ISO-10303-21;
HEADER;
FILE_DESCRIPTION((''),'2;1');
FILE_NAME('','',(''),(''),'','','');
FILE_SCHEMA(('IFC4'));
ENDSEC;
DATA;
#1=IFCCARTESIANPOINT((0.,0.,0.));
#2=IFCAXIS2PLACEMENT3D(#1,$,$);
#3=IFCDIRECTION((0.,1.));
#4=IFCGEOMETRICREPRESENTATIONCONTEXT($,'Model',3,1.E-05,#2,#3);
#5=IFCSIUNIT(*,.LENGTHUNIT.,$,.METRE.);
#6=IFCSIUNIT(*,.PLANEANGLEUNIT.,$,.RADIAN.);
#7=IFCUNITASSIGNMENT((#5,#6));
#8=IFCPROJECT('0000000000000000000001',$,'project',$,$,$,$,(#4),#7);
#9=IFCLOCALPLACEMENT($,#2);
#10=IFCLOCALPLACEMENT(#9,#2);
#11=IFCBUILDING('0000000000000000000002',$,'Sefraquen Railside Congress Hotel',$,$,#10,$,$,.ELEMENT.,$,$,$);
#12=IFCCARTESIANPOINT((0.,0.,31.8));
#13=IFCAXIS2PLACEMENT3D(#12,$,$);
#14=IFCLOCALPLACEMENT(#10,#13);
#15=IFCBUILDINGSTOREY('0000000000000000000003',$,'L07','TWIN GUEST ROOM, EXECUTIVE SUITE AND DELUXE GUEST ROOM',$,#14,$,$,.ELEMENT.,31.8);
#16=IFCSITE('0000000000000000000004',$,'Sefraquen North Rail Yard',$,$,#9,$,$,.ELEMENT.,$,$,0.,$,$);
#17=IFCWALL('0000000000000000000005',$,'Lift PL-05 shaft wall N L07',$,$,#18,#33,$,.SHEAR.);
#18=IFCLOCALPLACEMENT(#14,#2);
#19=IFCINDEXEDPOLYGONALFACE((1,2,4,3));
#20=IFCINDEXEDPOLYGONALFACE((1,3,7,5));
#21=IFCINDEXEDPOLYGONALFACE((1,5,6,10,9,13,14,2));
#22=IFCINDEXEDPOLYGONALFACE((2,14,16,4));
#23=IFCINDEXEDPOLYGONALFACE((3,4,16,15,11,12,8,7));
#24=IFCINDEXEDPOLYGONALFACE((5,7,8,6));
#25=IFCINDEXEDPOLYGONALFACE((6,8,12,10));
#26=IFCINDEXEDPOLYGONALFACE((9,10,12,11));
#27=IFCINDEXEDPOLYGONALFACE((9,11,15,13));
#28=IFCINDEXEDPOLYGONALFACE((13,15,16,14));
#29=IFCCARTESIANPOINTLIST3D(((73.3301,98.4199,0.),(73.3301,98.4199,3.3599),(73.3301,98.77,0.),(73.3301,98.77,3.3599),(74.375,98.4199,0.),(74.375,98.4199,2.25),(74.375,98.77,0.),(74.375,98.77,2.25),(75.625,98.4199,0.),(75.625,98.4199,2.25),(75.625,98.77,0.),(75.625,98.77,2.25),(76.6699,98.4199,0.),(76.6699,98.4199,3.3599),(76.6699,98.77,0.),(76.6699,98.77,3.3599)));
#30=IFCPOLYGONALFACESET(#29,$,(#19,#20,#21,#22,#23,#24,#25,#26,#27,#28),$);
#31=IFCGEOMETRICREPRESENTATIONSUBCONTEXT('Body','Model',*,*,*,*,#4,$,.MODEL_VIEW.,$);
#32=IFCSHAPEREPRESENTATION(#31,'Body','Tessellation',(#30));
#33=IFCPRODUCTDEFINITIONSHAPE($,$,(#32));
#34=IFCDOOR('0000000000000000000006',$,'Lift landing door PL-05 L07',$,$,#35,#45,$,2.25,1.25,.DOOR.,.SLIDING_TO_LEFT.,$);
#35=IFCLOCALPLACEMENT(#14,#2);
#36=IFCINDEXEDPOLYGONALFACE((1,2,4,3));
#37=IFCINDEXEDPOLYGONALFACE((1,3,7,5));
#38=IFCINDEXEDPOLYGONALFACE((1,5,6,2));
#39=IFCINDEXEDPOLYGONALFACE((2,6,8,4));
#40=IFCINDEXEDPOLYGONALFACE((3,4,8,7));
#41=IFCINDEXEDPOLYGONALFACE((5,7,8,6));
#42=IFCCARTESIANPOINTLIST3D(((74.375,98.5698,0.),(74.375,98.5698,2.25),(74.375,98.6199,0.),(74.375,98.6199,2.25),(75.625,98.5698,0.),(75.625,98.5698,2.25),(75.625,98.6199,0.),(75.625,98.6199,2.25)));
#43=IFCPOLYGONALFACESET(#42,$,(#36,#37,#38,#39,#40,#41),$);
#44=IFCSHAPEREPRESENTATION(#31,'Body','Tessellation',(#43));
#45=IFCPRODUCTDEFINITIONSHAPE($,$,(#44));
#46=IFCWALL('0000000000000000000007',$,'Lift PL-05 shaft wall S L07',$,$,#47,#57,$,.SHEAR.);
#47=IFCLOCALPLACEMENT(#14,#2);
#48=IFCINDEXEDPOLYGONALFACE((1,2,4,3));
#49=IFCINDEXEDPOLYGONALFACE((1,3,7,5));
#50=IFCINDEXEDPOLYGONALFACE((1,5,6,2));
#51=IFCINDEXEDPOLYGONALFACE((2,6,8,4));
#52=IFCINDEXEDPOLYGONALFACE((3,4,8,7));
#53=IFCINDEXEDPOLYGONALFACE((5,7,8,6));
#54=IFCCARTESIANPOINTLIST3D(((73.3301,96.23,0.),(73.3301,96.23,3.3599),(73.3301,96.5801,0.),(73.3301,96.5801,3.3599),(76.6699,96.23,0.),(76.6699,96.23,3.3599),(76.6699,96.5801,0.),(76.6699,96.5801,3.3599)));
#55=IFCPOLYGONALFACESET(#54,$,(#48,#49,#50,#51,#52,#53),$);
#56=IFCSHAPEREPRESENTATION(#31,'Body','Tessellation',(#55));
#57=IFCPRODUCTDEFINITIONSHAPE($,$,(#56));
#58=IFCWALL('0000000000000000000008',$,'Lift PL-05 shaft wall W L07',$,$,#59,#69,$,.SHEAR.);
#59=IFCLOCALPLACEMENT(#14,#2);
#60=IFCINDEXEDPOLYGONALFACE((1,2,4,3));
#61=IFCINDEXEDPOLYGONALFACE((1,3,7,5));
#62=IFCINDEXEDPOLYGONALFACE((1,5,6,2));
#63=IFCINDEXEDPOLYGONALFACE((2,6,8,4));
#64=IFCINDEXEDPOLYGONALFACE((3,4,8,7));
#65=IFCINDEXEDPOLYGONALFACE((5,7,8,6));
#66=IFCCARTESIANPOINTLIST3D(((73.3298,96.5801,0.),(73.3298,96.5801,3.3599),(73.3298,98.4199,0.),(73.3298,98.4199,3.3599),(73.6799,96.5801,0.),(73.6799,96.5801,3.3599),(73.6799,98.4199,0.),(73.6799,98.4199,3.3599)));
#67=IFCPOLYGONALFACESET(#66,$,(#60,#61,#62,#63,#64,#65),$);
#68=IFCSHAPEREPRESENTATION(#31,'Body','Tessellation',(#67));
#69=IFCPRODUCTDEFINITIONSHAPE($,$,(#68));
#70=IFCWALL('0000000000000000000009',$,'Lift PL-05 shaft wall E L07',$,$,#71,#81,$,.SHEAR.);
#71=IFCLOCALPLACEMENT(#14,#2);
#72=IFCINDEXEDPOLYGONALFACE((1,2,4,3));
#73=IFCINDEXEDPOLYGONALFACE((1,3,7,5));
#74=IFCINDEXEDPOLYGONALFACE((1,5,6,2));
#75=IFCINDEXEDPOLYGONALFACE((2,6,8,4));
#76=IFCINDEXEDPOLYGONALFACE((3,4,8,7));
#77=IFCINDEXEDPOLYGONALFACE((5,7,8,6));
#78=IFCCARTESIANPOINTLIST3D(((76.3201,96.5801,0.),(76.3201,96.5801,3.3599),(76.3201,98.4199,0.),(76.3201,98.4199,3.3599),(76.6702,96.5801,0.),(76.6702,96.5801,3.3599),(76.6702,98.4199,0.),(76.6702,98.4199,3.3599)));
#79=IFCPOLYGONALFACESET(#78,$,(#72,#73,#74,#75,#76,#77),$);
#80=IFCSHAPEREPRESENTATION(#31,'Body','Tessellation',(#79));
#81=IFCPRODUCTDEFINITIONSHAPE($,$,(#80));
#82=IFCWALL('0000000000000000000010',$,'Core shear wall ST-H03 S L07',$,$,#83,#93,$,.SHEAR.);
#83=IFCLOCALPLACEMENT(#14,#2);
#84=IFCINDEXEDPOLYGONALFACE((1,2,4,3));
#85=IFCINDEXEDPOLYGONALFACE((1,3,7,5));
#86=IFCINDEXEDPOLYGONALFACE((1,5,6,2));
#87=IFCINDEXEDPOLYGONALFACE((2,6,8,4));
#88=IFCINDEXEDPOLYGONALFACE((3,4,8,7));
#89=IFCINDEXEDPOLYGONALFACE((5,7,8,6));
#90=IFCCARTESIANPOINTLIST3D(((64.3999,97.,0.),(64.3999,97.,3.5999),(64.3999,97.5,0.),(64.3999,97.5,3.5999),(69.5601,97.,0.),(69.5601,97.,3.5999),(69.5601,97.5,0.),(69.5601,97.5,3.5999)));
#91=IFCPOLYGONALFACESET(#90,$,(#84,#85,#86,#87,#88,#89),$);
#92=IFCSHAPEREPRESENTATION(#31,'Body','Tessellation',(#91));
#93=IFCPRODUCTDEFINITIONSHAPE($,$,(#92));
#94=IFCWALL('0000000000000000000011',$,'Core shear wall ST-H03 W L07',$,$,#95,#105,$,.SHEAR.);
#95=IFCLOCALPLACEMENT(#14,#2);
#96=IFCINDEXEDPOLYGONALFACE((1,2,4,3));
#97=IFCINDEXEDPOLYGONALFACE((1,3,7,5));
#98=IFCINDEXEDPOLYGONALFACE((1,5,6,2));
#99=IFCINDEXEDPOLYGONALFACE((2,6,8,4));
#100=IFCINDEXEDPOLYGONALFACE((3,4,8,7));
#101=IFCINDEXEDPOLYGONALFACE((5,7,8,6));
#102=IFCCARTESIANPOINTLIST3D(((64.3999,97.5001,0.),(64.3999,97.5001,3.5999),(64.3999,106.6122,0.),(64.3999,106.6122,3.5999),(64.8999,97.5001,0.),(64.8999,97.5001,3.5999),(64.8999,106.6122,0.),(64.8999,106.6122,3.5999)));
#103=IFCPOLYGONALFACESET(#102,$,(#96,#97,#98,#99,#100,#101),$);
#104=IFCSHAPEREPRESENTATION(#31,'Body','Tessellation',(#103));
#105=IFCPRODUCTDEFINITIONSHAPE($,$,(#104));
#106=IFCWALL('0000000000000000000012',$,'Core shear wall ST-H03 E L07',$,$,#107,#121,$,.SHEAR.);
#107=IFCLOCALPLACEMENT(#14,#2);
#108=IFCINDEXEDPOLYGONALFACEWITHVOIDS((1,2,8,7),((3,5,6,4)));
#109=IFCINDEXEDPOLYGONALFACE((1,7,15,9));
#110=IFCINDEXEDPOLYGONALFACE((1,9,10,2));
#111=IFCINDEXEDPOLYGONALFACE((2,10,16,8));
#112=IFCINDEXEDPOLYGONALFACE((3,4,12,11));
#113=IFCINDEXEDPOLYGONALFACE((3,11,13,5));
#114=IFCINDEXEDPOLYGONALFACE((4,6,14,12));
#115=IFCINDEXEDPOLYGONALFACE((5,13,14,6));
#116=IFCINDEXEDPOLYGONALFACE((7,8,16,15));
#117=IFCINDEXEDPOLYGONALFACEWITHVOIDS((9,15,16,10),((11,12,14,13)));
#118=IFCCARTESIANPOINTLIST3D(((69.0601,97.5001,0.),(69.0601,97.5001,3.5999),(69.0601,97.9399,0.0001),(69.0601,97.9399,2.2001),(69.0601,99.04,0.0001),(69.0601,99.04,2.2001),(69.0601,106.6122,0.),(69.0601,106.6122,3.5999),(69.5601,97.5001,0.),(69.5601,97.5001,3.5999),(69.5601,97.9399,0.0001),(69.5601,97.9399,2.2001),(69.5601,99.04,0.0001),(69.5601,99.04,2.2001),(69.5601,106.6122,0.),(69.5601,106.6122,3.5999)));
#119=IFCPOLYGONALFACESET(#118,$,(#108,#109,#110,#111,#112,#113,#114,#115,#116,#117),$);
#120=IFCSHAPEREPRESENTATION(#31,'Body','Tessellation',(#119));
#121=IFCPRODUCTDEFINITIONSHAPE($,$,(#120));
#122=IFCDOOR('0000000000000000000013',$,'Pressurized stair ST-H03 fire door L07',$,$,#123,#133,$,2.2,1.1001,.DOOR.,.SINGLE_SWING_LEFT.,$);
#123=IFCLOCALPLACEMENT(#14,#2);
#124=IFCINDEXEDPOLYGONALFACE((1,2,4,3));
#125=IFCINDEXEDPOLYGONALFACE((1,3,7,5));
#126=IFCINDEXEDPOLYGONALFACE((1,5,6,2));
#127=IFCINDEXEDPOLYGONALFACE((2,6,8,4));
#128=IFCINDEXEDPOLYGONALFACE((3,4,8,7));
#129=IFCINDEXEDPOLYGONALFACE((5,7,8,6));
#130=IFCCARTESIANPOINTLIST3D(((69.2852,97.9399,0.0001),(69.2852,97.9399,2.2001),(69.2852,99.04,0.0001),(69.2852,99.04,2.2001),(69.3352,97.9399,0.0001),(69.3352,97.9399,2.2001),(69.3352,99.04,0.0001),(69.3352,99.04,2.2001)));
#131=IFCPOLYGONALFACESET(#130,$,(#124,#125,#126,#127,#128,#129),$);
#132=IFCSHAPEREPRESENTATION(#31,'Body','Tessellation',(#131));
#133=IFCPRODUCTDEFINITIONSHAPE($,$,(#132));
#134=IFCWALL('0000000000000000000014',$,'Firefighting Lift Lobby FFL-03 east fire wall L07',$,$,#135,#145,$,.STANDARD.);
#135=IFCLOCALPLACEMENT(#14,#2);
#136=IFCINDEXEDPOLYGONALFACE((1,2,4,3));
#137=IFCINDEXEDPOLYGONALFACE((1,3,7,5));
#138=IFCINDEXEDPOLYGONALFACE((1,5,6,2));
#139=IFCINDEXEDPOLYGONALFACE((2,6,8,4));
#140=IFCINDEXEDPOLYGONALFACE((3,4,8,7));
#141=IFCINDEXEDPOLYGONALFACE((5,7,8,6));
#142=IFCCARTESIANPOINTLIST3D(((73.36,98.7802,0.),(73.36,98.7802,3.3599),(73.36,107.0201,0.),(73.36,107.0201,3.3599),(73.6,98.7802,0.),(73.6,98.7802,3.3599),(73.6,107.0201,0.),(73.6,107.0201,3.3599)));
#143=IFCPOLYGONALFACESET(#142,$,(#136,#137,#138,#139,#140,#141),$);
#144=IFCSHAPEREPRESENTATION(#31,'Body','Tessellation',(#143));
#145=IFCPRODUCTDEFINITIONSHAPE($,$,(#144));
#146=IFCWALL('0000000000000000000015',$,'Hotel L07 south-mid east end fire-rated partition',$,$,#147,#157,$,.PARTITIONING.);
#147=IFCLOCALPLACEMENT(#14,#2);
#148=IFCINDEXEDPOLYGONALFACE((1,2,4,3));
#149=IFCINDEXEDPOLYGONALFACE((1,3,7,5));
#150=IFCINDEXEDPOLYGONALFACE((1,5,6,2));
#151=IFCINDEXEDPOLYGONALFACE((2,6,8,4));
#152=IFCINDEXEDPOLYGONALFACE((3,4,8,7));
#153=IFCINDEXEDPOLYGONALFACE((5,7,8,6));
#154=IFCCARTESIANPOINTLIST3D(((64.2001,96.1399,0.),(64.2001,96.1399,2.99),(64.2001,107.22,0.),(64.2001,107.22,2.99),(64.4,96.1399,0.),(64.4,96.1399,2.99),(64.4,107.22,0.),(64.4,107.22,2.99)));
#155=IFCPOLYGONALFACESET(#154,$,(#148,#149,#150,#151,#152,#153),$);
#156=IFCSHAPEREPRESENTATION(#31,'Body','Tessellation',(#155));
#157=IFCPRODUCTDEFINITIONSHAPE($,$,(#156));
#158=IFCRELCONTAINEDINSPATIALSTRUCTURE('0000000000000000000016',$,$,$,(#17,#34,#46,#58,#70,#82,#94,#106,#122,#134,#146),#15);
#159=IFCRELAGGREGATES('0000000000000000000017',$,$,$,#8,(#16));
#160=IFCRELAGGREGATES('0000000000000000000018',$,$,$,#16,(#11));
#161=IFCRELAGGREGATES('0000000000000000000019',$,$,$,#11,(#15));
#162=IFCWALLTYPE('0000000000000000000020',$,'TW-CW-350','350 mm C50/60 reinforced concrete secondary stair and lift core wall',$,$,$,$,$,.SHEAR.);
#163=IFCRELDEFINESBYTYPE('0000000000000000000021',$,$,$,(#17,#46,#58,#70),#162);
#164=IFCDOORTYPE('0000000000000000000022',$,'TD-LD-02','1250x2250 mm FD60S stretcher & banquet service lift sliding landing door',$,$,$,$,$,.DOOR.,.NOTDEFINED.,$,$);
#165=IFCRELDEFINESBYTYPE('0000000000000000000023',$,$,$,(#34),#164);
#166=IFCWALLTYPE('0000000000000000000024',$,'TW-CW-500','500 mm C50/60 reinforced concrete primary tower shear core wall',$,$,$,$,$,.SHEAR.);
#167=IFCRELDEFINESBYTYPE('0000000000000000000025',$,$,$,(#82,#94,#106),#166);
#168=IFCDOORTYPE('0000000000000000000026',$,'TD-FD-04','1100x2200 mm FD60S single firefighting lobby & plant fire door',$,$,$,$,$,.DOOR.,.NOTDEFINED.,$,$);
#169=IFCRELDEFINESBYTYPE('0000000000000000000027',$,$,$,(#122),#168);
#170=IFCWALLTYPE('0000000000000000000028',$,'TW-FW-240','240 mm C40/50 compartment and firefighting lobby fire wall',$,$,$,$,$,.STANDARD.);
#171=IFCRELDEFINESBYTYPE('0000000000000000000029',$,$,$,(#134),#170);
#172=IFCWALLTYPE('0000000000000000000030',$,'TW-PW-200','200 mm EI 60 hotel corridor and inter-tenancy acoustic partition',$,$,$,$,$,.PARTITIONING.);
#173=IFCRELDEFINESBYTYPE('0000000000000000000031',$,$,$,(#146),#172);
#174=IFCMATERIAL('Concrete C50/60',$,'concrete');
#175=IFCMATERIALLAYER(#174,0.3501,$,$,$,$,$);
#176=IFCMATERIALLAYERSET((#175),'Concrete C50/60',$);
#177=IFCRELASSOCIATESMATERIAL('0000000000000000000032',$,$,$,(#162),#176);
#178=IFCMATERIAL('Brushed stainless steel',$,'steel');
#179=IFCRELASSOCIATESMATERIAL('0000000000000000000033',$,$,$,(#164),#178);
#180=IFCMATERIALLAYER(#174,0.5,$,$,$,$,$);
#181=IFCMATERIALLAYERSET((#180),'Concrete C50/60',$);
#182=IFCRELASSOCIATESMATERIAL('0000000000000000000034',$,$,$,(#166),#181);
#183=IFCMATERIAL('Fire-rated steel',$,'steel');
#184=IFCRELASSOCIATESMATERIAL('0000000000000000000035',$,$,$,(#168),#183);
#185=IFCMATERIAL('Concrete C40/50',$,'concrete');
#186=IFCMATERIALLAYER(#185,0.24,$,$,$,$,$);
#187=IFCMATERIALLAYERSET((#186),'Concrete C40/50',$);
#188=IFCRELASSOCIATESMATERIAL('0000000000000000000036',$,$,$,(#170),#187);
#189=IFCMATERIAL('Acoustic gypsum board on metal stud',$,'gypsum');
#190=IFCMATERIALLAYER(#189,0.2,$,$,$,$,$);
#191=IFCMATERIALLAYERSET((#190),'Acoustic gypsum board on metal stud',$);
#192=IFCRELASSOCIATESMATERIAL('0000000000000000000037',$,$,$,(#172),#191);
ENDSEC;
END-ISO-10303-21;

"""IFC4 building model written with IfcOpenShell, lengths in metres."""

from ifc_helpers import new_model, si_unit, direction, frame, frame_2d, origin, place, context, subcontext, project, spatial, rectangle, extrude, material, layer, layer_set, type_object, element, fill, save


model = new_model("IFC4")

# Units and contexts
model_context = context("Model", 3, precision=1e-05, world=origin(), true_north=direction((0.0, 1.0)))
body_context = subcontext(model_context, "Body", "Model", "MODEL_VIEW")
ifc_project = project(units=[si_unit("LENGTHUNIT", "METRE"), si_unit("PLANEANGLEUNIT", "RADIAN")], contexts=[model_context])

# Site, building, storey
site_placement = place(None, origin())
site = spatial("IfcSite", under=ifc_project, at=site_placement, Name="Sefraquen North Rail Yard", CompositionType="ELEMENT", RefElevation=0.0)
building_placement = place(site_placement, origin())
building = spatial("IfcBuilding", under=site, at=building_placement, Name="Sefraquen Railside Congress Hotel", CompositionType="ELEMENT")
storey_placement = place(building_placement, frame((0.0, 0.0, 31.8)))
storey = spatial("IfcBuildingStorey", under=building, at=storey_placement, Name="L07", Description="TWIN GUEST ROOM, EXECUTIVE SUITE AND DELUXE GUEST ROOM", CompositionType="ELEMENT", Elevation=31.8)

# Shared definitions
ifc_material_1 = material(Name="Concrete C50/60", Category="concrete")
ifc_layer_1 = layer(ifc_material_1, 0.3501)
ifc_layer_set_1 = layer_set([ifc_layer_1], Name="Concrete C50/60")
wall_type_1 = type_object("IfcWallType", Name="TW-CW-350", Description="350 mm C50/60 reinforced concrete secondary stair and lift core wall", PredefinedType="SHEAR", material=ifc_layer_set_1)

# Wall, opening, door
wall_1_placement = place(storey_placement, frame((73.3301, 98.595, 0.0), z_axis=(0.0, 0.0, 1.0), x_axis=(1.0, 0.0, 0.0)))
wall_1 = element("IfcWall", 1, at=wall_1_placement, inside=storey, type_object=wall_type_1, Name="Lift PL-05 shaft wall N L07", PredefinedType="SHEAR", context=body_context, shape_type="SweptSolid", body=[
    extrude(rectangle(XDim=3.3398, YDim=0.3501, at=frame_2d((1.6699, 0.0))), origin(), (0.0, 0.0, 1.0), 3.3599),
])
opening_1_placement = place(wall_1_placement, frame((1.0449, 0.0, 0.0)))
opening_1 = element("IfcOpeningElement", 2, at=opening_1_placement, cuts=wall_1, PredefinedType="OPENING", context=body_context, shape_type="SweptSolid", body=[
    extrude(rectangle(XDim=1.25, YDim=2.25, at=frame_2d((0.625, 1.125))), frame((0.0, 0.1851, 0.0), z_axis=(0.0, -1.0, 0.0), x_axis=(1.0, 0.0, 0.0)), (0.0, 0.0, 1.0), 0.3701),
])
ifc_material_2 = material(Name="Brushed stainless steel", Category="steel")
door_type_1 = type_object("IfcDoorType", Name="TD-LD-02", Description="1250x2250 mm FD60S stretcher & banquet service lift sliding landing door", OperationType="NOTDEFINED", PredefinedType="DOOR", material=ifc_material_2)
door_1_placement = place(opening_1_placement, origin())
door_1 = element("IfcDoor", 3, at=door_1_placement, inside=storey, type_object=door_type_1, Name="Lift landing door PL-05 L07", OperationType="SLIDING_TO_LEFT", OverallHeight=2.25, OverallWidth=1.25, PredefinedType="DOOR", context=body_context, shape_type="SweptSolid", body=[
    extrude(rectangle(XDim=1.25, YDim=2.25, at=frame_2d((0.625, 1.125))), frame((0.0, 0.0249, 0.0), z_axis=(0.0, -1.0, 0.0), x_axis=(1.0, 0.0, 0.0)), (0.0, 0.0, 1.0), 0.05),
])
fill(opening_1, door_1)

# Walls
wall_2_placement = place(storey_placement, frame((73.3301, 96.405, 0.0), z_axis=(0.0, 0.0, 1.0), x_axis=(1.0, 0.0, 0.0)))
element("IfcWall", 4, at=wall_2_placement, inside=storey, type_object=wall_type_1, Name="Lift PL-05 shaft wall S L07", PredefinedType="SHEAR", context=body_context, shape_type="SweptSolid", body=[
    extrude(rectangle(XDim=3.3398, YDim=0.3501, at=frame_2d((1.6699, 0.0))), origin(), (0.0, 0.0, 1.0), 3.3599),
])
for number, where, z_axis, x_axis, name in (
    (5, (73.5049, 96.5801, 0.0), (0.0, 0.0, 1.0), (0.0, 1.0, 0.0), "Lift PL-05 shaft wall W L07"),
    (6, (76.4951, 96.5801, 0.0), (0.0, 0.0, 1.0), (0.0, 1.0, 0.0), "Lift PL-05 shaft wall E L07"),
):
    element("IfcWall", number, at=place(storey_placement, frame(where, z_axis=z_axis, x_axis=x_axis)), inside=storey, type_object=wall_type_1, Name=name, PredefinedType="SHEAR", context=body_context, shape_type="SweptSolid", body=[
        extrude(rectangle(XDim=1.8398, YDim=0.3501, at=frame_2d((0.9199, 0.0))), origin(), (0.0, 0.0, 1.0), 3.3599),
    ])
ifc_layer_2 = layer(ifc_material_1, 0.5)
ifc_layer_set_2 = layer_set([ifc_layer_2], Name="Concrete C50/60")
wall_type_2 = type_object("IfcWallType", Name="TW-CW-500", Description="500 mm C50/60 reinforced concrete primary tower shear core wall", PredefinedType="SHEAR", material=ifc_layer_set_2)
wall_3_placement = place(storey_placement, frame((64.3999, 97.25, 0.0), z_axis=(0.0, 0.0, 1.0), x_axis=(1.0, 0.0, 0.0)))
element("IfcWall", 7, at=wall_3_placement, inside=storey, type_object=wall_type_2, Name="Core shear wall ST-H03 S L07", PredefinedType="SHEAR", context=body_context, shape_type="SweptSolid", body=[
    extrude(rectangle(XDim=5.1602, YDim=0.5, at=frame_2d((2.5801, 0.0))), origin(), (0.0, 0.0, 1.0), 3.5999),
])
wall_4_placement = place(storey_placement, frame((64.6499, 97.5, 0.0), z_axis=(0.0, 0.0, 1.0), x_axis=(0.0, 1.0, 0.0)))
element("IfcWall", 8, at=wall_4_placement, inside=storey, type_object=wall_type_2, Name="Core shear wall ST-H03 W L07", PredefinedType="SHEAR", context=body_context, shape_type="SweptSolid", body=[
    extrude(rectangle(XDim=9.1121, YDim=0.5, at=frame_2d((4.5562, 0.0))), origin(), (0.0, 0.0, 1.0), 3.5999),
])

# Wall, opening, door
wall_5_placement = place(storey_placement, frame((69.3101, 97.5, 0.0), z_axis=(0.0, 0.0, 1.0), x_axis=(0.0, 1.0, 0.0)))
wall_5 = element("IfcWall", 9, at=wall_5_placement, inside=storey, type_object=wall_type_2, Name="Core shear wall ST-H03 E L07", PredefinedType="SHEAR", context=body_context, shape_type="SweptSolid", body=[
    extrude(rectangle(XDim=9.1121, YDim=0.5, at=frame_2d((4.5562, 0.0))), origin(), (0.0, 0.0, 1.0), 3.5999),
])
opening_2_placement = place(wall_5_placement, frame((0.4399, 0.0, 0.0)))
opening_2 = element("IfcOpeningElement", 10, at=opening_2_placement, cuts=wall_5, PredefinedType="OPENING", context=body_context, shape_type="SweptSolid", body=[
    extrude(rectangle(XDim=1.1001, YDim=2.2, at=frame_2d((0.55, 1.1001))), frame((0.0, 0.26, 0.0), z_axis=(0.0, -1.0, 0.0), x_axis=(1.0, 0.0, 0.0)), (0.0, 0.0, 1.0), 0.52),
])
ifc_material_3 = material(Name="Fire-rated steel", Category="steel")
door_type_2 = type_object("IfcDoorType", Name="TD-FD-04", Description="1100x2200 mm FD60S single firefighting lobby & plant fire door", OperationType="NOTDEFINED", PredefinedType="DOOR", material=ifc_material_3)
door_2_placement = place(opening_2_placement, origin())
door_2 = element("IfcDoor", 11, at=door_2_placement, inside=storey, type_object=door_type_2, Name="Pressurized stair ST-H03 fire door L07", OperationType="SINGLE_SWING_LEFT", OverallHeight=2.2, OverallWidth=1.1001, PredefinedType="DOOR", context=body_context, shape_type="SweptSolid", body=[
    extrude(rectangle(XDim=1.1001, YDim=2.2, at=frame_2d((0.55, 1.1001))), frame((0.0, 0.0249, 0.0), z_axis=(0.0, -1.0, 0.0), x_axis=(1.0, 0.0, 0.0)), (0.0, 0.0, 1.0), 0.05),
])
fill(opening_2, door_2)

# Walls
ifc_material_4 = material(Name="Concrete C40/50", Category="concrete")
ifc_layer_3 = layer(ifc_material_4, 0.24)
ifc_layer_set_3 = layer_set([ifc_layer_3], Name="Concrete C40/50")
wall_type_3 = type_object("IfcWallType", Name="TW-FW-240", Description="240 mm C40/50 compartment and firefighting lobby fire wall", PredefinedType="STANDARD", material=ifc_layer_set_3)
wall_6_placement = place(storey_placement, frame((73.48, 98.78, 0.0), z_axis=(0.0, 0.0, 1.0), x_axis=(0.0, 1.0, 0.0)))
element("IfcWall", 12, at=wall_6_placement, inside=storey, type_object=wall_type_3, Name="Firefighting Lift Lobby FFL-03 east fire wall L07", PredefinedType="STANDARD", context=body_context, shape_type="SweptSolid", body=[
    extrude(rectangle(XDim=8.24, YDim=0.24, at=frame_2d((4.1201, 0.0))), origin(), (0.0, 0.0, 1.0), 3.3599),
])
ifc_material_5 = material(Name="Acoustic gypsum board on metal stud", Category="gypsum")
ifc_layer_4 = layer(ifc_material_5, 0.2)
ifc_layer_set_4 = layer_set([ifc_layer_4], Name="Acoustic gypsum board on metal stud")
wall_type_4 = type_object("IfcWallType", Name="TW-PW-200", Description="200 mm EI 60 hotel corridor and inter-tenancy acoustic partition", PredefinedType="PARTITIONING", material=ifc_layer_set_4)
wall_7_placement = place(storey_placement, frame((64.3, 96.1399, 0.0), z_axis=(0.0, 0.0, 1.0), x_axis=(0.0, 1.0, 0.0)))
element("IfcWall", 13, at=wall_7_placement, inside=storey, type_object=wall_type_4, Name="Hotel L07 south-mid east end fire-rated partition", PredefinedType="PARTITIONING", context=body_context, shape_type="SweptSolid", body=[
    extrude(rectangle(XDim=11.0801, YDim=0.2, at=frame_2d((5.54, 0.0))), origin(), (0.0, 0.0, 1.0), 2.99),
])

save(model, "model.ifc")
